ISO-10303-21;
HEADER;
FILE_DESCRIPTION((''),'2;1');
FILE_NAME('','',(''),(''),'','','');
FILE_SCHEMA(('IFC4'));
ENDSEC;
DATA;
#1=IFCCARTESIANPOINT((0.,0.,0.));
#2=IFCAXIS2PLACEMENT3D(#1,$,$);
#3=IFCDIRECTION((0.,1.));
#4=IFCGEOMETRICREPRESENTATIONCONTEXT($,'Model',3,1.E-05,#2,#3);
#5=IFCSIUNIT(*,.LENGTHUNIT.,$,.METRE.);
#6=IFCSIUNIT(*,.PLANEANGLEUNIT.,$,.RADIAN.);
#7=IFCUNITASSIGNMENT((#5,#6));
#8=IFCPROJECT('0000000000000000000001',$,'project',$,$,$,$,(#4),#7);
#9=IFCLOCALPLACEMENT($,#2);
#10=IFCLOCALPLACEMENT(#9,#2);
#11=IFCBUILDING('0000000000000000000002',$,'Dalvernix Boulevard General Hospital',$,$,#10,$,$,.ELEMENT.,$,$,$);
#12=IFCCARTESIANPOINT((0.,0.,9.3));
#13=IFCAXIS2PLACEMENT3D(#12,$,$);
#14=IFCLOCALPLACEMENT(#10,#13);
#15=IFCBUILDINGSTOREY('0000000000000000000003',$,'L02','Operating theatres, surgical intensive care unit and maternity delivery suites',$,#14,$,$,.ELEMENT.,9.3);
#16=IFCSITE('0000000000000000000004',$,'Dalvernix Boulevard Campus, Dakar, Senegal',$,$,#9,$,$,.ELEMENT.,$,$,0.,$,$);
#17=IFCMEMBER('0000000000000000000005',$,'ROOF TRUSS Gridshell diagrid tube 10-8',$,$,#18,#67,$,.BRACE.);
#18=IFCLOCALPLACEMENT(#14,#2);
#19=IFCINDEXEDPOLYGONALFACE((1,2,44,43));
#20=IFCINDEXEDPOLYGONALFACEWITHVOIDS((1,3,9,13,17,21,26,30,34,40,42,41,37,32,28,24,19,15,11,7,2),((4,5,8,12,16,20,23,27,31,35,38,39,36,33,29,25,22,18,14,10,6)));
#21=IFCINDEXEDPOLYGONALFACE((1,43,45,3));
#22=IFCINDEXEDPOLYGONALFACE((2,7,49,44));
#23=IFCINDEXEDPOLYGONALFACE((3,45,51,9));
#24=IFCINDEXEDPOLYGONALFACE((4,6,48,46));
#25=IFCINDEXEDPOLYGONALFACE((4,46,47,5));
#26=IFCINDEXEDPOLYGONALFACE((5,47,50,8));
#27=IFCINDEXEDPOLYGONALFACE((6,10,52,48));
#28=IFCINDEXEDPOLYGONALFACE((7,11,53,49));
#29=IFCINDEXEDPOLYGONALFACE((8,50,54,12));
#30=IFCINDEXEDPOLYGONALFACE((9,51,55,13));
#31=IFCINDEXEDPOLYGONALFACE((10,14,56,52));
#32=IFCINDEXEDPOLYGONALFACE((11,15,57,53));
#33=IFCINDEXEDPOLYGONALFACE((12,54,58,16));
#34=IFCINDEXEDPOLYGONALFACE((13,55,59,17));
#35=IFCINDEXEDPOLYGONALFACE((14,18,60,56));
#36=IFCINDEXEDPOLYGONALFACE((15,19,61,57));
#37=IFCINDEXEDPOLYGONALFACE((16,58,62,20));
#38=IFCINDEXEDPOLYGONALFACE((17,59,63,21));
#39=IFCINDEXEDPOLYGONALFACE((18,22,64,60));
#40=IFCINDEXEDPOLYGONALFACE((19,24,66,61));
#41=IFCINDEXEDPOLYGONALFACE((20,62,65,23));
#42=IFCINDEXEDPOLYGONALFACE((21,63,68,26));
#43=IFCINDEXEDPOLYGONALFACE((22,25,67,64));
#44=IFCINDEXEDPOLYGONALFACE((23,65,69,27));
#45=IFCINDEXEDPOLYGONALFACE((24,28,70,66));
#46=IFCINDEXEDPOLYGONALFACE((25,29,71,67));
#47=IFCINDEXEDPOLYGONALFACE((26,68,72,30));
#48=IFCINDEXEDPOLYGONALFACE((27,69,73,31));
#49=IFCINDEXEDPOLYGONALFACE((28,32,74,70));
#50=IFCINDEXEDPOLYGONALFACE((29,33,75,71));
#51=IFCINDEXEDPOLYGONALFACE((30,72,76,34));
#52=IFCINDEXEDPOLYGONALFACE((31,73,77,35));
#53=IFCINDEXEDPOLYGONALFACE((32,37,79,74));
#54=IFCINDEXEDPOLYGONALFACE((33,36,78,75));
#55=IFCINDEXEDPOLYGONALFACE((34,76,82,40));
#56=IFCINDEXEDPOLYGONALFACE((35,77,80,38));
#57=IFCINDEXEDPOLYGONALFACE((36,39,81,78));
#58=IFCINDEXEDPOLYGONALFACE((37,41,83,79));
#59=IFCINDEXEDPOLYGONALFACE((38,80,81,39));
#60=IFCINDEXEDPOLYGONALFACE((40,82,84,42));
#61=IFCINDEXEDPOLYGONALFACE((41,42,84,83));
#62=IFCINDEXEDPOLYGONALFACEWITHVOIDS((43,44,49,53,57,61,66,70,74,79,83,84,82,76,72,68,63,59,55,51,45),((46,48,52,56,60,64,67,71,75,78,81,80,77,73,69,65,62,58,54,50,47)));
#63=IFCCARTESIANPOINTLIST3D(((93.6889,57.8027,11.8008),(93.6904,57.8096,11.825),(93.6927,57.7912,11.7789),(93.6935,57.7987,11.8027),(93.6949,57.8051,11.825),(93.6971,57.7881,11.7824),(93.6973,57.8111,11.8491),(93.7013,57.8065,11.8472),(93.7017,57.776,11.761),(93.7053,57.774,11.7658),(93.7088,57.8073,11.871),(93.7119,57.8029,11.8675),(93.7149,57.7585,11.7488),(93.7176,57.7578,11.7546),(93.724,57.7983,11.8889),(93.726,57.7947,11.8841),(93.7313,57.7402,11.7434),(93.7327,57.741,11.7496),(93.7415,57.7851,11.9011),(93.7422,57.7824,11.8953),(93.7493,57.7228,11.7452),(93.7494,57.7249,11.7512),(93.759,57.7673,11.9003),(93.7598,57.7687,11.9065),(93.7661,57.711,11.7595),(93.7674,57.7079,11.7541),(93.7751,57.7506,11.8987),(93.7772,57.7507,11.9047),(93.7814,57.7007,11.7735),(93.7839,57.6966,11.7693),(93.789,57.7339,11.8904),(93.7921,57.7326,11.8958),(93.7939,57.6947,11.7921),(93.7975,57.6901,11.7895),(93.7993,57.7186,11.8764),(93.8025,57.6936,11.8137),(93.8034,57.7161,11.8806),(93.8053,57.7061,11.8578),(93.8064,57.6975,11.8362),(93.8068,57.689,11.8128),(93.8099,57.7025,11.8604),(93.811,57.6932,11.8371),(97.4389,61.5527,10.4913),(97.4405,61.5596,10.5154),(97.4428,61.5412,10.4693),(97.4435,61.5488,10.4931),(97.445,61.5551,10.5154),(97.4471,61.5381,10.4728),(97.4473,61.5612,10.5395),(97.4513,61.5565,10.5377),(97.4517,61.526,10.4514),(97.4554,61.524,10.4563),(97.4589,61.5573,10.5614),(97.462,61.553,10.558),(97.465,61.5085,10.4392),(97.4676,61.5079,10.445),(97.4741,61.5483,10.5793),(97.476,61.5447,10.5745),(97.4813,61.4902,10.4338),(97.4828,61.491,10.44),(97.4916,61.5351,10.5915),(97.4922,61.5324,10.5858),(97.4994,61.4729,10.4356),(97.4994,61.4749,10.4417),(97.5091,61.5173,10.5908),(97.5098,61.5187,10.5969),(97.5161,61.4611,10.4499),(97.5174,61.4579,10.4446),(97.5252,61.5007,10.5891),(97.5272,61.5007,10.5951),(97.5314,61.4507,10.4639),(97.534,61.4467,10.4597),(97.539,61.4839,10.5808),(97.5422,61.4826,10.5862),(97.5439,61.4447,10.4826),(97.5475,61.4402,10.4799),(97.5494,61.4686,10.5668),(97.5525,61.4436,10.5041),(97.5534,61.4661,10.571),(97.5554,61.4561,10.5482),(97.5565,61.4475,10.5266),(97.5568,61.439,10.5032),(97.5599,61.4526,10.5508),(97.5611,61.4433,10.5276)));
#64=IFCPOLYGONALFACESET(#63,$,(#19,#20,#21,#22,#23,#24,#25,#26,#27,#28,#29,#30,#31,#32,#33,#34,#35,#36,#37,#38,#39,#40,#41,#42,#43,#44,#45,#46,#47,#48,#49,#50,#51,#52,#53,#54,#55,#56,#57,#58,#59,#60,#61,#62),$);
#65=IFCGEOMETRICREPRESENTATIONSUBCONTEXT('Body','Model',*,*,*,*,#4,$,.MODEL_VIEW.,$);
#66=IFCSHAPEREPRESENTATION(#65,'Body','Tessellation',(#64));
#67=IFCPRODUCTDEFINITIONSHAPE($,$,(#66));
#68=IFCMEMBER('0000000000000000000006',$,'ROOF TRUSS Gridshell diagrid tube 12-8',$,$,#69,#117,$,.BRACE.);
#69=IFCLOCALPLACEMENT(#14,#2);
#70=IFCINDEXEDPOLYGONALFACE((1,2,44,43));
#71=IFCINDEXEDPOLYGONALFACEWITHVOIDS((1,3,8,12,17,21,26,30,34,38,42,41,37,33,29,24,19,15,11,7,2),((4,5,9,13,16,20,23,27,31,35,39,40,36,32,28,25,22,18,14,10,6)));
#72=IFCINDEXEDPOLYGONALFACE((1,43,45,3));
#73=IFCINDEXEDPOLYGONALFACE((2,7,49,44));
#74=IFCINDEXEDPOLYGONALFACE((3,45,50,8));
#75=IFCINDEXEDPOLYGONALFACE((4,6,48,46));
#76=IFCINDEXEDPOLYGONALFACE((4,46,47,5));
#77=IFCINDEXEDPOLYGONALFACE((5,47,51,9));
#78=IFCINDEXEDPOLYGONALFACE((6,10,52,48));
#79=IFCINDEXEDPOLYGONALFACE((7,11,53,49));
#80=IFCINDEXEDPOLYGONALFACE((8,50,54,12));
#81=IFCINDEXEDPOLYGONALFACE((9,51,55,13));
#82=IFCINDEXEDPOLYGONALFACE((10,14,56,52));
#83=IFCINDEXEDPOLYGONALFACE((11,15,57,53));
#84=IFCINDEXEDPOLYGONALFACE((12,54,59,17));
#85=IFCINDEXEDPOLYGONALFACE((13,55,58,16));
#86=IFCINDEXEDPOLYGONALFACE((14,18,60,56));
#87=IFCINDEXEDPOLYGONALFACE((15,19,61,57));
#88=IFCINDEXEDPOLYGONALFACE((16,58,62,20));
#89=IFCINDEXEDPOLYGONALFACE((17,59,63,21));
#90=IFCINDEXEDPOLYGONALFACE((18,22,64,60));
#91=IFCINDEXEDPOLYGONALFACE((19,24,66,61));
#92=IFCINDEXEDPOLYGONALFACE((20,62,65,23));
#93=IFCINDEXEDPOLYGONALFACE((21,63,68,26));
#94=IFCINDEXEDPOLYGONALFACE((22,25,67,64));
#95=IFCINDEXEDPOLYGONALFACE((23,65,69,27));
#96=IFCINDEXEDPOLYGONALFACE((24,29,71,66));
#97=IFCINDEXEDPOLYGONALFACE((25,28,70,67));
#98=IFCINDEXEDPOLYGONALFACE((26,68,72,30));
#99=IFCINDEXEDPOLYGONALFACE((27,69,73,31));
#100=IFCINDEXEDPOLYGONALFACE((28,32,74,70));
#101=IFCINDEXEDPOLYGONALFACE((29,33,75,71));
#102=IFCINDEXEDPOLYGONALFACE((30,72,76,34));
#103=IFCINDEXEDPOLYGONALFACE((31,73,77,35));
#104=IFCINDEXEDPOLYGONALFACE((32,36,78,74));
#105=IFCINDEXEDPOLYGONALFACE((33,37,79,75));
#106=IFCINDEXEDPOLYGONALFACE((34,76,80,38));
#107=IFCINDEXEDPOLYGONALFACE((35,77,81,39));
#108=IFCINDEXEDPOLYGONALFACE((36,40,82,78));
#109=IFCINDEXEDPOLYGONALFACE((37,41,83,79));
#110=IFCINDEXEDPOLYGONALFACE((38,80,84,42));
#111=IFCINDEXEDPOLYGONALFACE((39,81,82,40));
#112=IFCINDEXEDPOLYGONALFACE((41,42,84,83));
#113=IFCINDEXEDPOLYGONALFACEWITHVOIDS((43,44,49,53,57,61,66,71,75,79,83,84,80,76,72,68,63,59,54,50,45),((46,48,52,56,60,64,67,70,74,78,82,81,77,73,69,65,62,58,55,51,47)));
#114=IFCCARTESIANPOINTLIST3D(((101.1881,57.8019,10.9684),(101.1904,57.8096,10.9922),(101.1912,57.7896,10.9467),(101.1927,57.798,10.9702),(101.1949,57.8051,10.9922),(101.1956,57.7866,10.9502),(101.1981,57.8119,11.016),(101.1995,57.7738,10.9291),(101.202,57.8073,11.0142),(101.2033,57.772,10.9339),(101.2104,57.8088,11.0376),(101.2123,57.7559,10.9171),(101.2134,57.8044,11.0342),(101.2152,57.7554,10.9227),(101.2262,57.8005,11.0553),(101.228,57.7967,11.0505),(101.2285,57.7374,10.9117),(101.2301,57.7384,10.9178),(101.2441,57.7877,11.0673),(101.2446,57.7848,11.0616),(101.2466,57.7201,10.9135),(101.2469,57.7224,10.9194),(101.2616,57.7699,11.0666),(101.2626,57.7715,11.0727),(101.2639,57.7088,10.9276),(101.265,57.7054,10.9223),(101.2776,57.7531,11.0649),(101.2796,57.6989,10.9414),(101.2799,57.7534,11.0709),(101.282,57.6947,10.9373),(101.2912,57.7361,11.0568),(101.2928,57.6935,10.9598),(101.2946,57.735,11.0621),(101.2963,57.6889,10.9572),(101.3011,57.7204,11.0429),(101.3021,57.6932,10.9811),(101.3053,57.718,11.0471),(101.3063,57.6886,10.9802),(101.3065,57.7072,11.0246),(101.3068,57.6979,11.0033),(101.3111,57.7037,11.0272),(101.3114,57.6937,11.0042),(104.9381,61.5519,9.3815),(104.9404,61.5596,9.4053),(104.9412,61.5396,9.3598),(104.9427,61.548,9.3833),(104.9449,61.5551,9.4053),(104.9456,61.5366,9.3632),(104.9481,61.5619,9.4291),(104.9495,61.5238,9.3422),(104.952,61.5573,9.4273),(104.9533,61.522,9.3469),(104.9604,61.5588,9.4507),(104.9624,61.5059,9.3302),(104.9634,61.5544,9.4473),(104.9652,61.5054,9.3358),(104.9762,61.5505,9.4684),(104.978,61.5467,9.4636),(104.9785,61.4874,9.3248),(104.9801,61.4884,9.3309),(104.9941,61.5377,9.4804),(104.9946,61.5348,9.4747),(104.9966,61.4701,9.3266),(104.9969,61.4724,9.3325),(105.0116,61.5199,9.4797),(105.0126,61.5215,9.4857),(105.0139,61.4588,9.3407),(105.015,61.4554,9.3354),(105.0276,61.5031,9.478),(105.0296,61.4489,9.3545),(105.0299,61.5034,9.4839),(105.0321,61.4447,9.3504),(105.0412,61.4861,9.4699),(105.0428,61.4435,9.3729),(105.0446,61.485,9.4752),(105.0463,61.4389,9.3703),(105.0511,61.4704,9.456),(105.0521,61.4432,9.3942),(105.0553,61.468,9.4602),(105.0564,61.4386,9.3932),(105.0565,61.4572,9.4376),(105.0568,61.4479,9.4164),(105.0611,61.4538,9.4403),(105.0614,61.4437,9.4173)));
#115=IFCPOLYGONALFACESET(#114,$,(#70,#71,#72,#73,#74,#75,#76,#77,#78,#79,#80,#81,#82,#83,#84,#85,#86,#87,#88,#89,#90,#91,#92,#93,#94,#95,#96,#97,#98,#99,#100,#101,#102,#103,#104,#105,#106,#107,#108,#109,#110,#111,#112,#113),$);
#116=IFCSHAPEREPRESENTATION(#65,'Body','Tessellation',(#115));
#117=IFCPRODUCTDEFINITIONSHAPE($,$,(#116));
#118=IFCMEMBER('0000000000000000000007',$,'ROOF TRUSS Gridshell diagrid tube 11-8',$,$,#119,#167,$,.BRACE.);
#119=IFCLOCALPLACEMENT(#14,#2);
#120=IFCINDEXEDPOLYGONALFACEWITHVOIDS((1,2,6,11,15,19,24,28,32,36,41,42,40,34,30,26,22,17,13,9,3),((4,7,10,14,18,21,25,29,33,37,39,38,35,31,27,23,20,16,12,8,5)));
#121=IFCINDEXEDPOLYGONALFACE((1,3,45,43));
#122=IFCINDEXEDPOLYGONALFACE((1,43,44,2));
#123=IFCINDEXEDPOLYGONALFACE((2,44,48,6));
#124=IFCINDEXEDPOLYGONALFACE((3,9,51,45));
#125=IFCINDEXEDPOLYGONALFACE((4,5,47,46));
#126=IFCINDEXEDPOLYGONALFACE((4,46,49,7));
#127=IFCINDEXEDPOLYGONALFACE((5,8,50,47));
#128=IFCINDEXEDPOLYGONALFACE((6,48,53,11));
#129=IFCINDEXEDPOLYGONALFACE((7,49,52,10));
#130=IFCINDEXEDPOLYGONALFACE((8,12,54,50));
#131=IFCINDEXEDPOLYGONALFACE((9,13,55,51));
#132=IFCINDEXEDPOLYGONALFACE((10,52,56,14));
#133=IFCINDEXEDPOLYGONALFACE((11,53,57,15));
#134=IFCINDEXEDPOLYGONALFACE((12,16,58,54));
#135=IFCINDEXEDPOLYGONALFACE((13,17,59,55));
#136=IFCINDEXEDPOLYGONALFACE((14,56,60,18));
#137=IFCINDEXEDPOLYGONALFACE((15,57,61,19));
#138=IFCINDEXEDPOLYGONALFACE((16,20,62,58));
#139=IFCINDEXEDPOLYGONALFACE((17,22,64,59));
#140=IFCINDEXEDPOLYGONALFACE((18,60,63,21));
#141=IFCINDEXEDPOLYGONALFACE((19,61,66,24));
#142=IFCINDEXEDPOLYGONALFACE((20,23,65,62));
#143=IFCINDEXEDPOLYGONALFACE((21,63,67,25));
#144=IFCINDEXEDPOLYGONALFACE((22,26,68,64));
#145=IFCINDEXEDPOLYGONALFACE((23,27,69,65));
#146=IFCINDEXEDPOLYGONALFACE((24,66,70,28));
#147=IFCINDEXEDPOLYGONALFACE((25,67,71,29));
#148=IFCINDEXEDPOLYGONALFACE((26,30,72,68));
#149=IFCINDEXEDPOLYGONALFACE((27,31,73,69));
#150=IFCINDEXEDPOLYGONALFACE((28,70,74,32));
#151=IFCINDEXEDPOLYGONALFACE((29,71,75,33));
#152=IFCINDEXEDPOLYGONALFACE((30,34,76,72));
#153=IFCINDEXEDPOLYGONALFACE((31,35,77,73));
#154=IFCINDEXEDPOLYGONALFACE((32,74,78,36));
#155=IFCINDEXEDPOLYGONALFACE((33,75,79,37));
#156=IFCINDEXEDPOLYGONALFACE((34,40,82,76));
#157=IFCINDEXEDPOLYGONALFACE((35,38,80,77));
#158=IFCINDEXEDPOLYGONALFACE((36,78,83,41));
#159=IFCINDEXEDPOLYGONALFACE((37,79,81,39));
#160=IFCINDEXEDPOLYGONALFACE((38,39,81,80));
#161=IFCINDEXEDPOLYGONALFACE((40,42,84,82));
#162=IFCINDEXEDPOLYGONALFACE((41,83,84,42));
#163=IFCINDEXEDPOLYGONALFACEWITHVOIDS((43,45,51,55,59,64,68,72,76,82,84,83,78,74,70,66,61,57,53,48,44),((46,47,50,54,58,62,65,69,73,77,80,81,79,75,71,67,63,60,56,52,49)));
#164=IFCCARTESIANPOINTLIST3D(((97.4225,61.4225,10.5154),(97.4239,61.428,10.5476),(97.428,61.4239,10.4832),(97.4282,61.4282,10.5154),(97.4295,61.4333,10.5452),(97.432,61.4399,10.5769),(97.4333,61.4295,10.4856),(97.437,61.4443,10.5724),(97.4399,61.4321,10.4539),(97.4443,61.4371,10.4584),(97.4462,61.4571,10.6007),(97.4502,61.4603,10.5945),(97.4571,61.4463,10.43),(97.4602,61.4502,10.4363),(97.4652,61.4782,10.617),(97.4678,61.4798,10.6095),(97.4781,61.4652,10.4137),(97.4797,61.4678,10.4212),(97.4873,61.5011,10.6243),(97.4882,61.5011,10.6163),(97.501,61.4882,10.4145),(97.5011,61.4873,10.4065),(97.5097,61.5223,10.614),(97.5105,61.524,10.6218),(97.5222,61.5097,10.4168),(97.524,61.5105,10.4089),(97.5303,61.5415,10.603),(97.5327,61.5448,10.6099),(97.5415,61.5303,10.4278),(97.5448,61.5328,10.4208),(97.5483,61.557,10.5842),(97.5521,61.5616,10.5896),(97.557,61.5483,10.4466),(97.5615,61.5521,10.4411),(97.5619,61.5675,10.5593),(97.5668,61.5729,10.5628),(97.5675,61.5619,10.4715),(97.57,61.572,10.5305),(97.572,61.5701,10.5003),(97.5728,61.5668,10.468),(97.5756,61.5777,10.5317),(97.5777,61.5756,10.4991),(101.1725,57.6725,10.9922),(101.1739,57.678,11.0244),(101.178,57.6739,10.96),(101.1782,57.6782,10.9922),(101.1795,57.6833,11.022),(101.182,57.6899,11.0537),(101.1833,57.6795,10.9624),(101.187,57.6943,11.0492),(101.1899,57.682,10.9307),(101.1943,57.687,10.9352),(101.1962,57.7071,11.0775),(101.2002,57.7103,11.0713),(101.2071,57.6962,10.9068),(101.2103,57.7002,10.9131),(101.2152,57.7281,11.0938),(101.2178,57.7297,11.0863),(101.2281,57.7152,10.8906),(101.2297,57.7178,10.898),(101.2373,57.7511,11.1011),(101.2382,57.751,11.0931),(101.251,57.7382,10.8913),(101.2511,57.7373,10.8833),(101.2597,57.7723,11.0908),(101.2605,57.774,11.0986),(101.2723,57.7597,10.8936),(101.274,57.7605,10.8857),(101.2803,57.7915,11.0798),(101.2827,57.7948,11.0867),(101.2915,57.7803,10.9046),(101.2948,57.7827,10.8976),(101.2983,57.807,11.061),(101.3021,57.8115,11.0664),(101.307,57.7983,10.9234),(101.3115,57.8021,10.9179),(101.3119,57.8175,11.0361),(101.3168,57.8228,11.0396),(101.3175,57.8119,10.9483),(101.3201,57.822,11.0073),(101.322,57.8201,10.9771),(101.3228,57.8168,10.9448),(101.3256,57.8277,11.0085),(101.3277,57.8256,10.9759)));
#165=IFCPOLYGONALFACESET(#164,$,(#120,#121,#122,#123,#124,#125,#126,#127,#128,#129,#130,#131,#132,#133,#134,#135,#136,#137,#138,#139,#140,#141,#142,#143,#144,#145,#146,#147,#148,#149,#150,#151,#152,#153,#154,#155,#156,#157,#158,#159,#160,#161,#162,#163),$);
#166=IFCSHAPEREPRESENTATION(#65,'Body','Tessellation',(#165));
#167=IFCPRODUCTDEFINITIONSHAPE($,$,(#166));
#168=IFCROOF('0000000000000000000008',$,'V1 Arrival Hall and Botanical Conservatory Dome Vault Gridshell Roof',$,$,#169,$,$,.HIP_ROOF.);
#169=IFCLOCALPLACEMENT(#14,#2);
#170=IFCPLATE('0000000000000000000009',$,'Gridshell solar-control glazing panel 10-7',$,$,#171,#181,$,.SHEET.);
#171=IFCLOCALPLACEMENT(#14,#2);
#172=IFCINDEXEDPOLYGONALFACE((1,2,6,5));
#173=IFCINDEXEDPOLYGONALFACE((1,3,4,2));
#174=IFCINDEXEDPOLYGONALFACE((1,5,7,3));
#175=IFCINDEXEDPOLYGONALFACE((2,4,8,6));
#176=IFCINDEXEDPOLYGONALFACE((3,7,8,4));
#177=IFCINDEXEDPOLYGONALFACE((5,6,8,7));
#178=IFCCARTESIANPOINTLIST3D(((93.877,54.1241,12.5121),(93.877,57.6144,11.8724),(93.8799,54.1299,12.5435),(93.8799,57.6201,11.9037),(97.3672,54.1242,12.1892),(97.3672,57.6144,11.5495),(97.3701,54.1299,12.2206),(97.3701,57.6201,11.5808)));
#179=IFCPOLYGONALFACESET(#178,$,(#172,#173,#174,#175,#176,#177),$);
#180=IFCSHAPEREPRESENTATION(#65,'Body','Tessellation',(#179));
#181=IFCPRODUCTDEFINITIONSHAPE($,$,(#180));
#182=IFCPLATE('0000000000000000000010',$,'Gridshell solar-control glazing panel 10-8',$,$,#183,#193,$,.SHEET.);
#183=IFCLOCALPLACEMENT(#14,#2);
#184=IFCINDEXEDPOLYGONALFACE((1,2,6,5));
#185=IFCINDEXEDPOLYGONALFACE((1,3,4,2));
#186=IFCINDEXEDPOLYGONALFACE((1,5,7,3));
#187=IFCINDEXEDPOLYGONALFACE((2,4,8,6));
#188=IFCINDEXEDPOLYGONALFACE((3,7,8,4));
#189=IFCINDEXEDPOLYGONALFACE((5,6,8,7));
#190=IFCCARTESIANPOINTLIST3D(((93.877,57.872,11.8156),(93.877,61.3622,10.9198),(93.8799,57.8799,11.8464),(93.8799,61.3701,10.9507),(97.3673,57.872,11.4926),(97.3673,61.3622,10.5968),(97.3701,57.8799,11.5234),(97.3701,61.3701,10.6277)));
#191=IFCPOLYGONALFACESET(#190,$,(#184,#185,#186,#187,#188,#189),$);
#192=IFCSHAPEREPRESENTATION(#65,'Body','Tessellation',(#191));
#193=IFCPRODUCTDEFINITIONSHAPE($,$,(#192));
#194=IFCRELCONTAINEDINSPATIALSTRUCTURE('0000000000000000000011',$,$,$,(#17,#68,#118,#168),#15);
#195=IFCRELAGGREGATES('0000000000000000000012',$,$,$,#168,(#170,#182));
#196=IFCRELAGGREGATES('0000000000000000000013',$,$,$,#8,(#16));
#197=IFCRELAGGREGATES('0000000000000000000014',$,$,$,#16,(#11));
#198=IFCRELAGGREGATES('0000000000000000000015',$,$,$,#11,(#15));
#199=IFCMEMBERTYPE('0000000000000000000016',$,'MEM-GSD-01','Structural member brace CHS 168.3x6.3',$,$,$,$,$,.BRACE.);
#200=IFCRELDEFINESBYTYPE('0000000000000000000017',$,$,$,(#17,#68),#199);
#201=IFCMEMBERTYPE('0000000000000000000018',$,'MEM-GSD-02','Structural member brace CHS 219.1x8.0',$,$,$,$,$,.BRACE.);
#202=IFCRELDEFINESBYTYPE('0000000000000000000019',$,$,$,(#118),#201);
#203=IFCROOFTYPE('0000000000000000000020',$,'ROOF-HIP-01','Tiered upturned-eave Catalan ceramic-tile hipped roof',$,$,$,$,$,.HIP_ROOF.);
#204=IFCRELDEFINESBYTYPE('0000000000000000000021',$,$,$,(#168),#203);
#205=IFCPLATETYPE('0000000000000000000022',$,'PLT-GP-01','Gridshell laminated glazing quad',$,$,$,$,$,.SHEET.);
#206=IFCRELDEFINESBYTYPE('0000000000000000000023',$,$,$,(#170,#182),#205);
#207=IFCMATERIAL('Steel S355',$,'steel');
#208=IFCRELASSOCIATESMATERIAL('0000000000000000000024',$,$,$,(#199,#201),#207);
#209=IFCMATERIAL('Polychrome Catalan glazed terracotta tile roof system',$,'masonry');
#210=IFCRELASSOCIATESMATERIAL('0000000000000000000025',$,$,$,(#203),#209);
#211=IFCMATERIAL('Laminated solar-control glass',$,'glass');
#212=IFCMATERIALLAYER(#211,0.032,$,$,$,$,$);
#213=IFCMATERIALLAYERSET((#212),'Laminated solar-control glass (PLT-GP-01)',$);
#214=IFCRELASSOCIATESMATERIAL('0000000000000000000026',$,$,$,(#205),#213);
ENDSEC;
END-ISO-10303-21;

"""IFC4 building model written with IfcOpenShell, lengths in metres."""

from ifc_helpers import new_model, si_unit, direction, frame, origin, origin_2d, place, context, subcontext, project, spatial, polyline, hollow_circle, outline, extrude, material, layer, layer_set, material_profile, profile_set, type_object, element, aggregate, save


model = new_model("IFC4")

# Units and contexts
model_context = context("Model", 3, precision=1e-05, world=origin(), true_north=direction((0.0, 1.0)))
body_context = subcontext(model_context, "Body", "Model", "MODEL_VIEW")
ifc_project = project(units=[si_unit("LENGTHUNIT", "METRE"), si_unit("PLANEANGLEUNIT", "RADIAN")], contexts=[model_context])

# Site, building, storey
site_placement = place(None, origin())
site = spatial("IfcSite", under=ifc_project, at=site_placement, Name="Dalvernix Boulevard Campus, Dakar, Senegal", CompositionType="ELEMENT", RefElevation=0.0)
building_placement = place(site_placement, origin())
building = spatial("IfcBuilding", under=site, at=building_placement, Name="Dalvernix Boulevard General Hospital", CompositionType="ELEMENT")
storey_placement = place(building_placement, frame((0.0, 0.0, 9.3)))
storey = spatial("IfcBuildingStorey", under=building, at=storey_placement, Name="L02", Description="Operating theatres, surgical intensive care unit and maternity delivery suites", CompositionType="ELEMENT", Elevation=9.3)

# Shared definitions
ifc_material_1 = material(Name="Steel S355", Category="steel")

# Members
ifc_material_profile_1 = material_profile(ifc_material_1, hollow_circle(Radius=0.0842, WallThickness=0.0063, at=origin_2d()), Name="CHS 168.3x6.3")
ifc_profile_set_1 = profile_set([ifc_material_profile_1], Name="Steel S355")
member_type_1 = type_object("IfcMemberType", Name="MEM-GSD-01", Description="Structural member brace CHS 168.3x6.3", PredefinedType="BRACE", material=ifc_profile_set_1)
member_1_placement = place(storey_placement, frame((93.75, 57.75, 11.825), z_axis=(0.686487, 0.686487, -0.239734), x_axis=(-0.707107, 0.707107, 0.0)))
element("IfcMember", 1, at=member_1_placement, inside=storey, type_object=member_type_1, Name="ROOF TRUSS Gridshell diagrid tube 10-8", PredefinedType="BRACE", context=body_context, shape_type="SweptSolid", body=[
    extrude(hollow_circle(Radius=0.0842, WallThickness=0.0063, at=origin_2d()), origin(), (0.0, 0.0, 1.0), 5.4626),
])
member_2_placement = place(storey_placement, frame((101.25, 57.75, 10.9922), z_axis=(0.677429, 0.677429, -0.286672), x_axis=(-0.707107, 0.707107, 0.0)))
element("IfcMember", 2, at=member_2_placement, inside=storey, type_object=member_type_1, Name="ROOF TRUSS Gridshell diagrid tube 12-8", PredefinedType="BRACE", context=body_context, shape_type="SweptSolid", body=[
    extrude(hollow_circle(Radius=0.0842, WallThickness=0.0063, at=origin_2d()), origin(), (0.0, 0.0, 1.0), 5.5356),
])
ifc_material_profile_2 = material_profile(ifc_material_1, hollow_circle(Radius=0.1096, WallThickness=0.0081, at=origin_2d()), Name="CHS 219.1x8.0")
ifc_profile_set_2 = profile_set([ifc_material_profile_2], Name="Steel S355")
member_type_2 = type_object("IfcMemberType", Name="MEM-GSD-02", Description="Structural member brace CHS 219.1x8.0", PredefinedType="BRACE", material=ifc_profile_set_2)
member_3_placement = place(storey_placement, frame((101.25, 57.75, 10.9922), z_axis=(-0.704266, 0.704266, -0.089546), x_axis=(-0.707107, -0.707107, 0.0)))
element("IfcMember", 3, at=member_3_placement, inside=storey, type_object=member_type_2, Name="ROOF TRUSS Gridshell diagrid tube 11-8", PredefinedType="BRACE", context=body_context, shape_type="SweptSolid", body=[
    extrude(hollow_circle(Radius=0.1096, WallThickness=0.0081, at=origin_2d()), origin(), (0.0, 0.0, 1.0), 5.3247),
])

# Roof, plates
ifc_material_2 = material(Name="Polychrome Catalan glazed terracotta tile roof system", Category="masonry")
roof_type = type_object("IfcRoofType", Name="ROOF-HIP-01", Description="Tiered upturned-eave Catalan ceramic-tile hipped roof", PredefinedType="HIP_ROOF", material=ifc_material_2)
roof_placement = place(storey_placement, origin())
roof = element("IfcRoof", 4, at=roof_placement, inside=storey, type_object=roof_type, Name="V1 Arrival Hall and Botanical Conservatory Dome Vault Gridshell Roof", PredefinedType="HIP_ROOF")
ifc_material_3 = material(Name="Laminated solar-control glass", Category="glass")
ifc_layer_1 = layer(ifc_material_3, 0.032)
ifc_layer_set_1 = layer_set([ifc_layer_1], Name="Laminated solar-control glass (PLT-GP-01)")
plate_type = type_object("IfcPlateType", Name="PLT-GP-01", Description="Gridshell laminated glazing quad", PredefinedType="SHEET", material=ifc_layer_set_1)
plate_1_placement = place(storey_placement, frame((93.8799, 54.1299, 12.5435), z_axis=(0.090618, 0.179557, 0.979565), x_axis=(0.995748, 0.000006, -0.092116)))
plate_1 = element("IfcPlate", 5, at=plate_1_placement, type_object=plate_type, Name="Gridshell solar-control glazing panel 10-7", PredefinedType="SHEET", context=body_context, shape_type="SweptSolid", body=[
    extrude(outline(polyline([(0.0, 0.0), (3.5051, 0.0), (3.5641, 3.5479), (0.059, 3.5479), (0.0, 0.0)])), origin(), (0.0, 0.0, -1.0), 0.032),
])
plate_2_placement = place(storey_placement, frame((93.8799, 57.8799, 11.8464), z_axis=(0.08928, 0.247596, 0.964741), x_axis=(0.995745, 0.0, -0.09215)))
plate_2 = element("IfcPlate", 6, at=plate_2_placement, type_object=plate_type, Name="Gridshell solar-control glazing panel 10-8", PredefinedType="SHEET", context=body_context, shape_type="SweptSolid", body=[
    extrude(outline(polyline([(0.0, 0.0), (3.5051, 0.0), (3.5877, 3.6024), (0.0825, 3.6024), (0.0, 0.0)])), origin(), (0.0, 0.0, -1.0), 0.032),
])
aggregate(roof, [plate_1, plate_2])

save(model, "model.ifc")
